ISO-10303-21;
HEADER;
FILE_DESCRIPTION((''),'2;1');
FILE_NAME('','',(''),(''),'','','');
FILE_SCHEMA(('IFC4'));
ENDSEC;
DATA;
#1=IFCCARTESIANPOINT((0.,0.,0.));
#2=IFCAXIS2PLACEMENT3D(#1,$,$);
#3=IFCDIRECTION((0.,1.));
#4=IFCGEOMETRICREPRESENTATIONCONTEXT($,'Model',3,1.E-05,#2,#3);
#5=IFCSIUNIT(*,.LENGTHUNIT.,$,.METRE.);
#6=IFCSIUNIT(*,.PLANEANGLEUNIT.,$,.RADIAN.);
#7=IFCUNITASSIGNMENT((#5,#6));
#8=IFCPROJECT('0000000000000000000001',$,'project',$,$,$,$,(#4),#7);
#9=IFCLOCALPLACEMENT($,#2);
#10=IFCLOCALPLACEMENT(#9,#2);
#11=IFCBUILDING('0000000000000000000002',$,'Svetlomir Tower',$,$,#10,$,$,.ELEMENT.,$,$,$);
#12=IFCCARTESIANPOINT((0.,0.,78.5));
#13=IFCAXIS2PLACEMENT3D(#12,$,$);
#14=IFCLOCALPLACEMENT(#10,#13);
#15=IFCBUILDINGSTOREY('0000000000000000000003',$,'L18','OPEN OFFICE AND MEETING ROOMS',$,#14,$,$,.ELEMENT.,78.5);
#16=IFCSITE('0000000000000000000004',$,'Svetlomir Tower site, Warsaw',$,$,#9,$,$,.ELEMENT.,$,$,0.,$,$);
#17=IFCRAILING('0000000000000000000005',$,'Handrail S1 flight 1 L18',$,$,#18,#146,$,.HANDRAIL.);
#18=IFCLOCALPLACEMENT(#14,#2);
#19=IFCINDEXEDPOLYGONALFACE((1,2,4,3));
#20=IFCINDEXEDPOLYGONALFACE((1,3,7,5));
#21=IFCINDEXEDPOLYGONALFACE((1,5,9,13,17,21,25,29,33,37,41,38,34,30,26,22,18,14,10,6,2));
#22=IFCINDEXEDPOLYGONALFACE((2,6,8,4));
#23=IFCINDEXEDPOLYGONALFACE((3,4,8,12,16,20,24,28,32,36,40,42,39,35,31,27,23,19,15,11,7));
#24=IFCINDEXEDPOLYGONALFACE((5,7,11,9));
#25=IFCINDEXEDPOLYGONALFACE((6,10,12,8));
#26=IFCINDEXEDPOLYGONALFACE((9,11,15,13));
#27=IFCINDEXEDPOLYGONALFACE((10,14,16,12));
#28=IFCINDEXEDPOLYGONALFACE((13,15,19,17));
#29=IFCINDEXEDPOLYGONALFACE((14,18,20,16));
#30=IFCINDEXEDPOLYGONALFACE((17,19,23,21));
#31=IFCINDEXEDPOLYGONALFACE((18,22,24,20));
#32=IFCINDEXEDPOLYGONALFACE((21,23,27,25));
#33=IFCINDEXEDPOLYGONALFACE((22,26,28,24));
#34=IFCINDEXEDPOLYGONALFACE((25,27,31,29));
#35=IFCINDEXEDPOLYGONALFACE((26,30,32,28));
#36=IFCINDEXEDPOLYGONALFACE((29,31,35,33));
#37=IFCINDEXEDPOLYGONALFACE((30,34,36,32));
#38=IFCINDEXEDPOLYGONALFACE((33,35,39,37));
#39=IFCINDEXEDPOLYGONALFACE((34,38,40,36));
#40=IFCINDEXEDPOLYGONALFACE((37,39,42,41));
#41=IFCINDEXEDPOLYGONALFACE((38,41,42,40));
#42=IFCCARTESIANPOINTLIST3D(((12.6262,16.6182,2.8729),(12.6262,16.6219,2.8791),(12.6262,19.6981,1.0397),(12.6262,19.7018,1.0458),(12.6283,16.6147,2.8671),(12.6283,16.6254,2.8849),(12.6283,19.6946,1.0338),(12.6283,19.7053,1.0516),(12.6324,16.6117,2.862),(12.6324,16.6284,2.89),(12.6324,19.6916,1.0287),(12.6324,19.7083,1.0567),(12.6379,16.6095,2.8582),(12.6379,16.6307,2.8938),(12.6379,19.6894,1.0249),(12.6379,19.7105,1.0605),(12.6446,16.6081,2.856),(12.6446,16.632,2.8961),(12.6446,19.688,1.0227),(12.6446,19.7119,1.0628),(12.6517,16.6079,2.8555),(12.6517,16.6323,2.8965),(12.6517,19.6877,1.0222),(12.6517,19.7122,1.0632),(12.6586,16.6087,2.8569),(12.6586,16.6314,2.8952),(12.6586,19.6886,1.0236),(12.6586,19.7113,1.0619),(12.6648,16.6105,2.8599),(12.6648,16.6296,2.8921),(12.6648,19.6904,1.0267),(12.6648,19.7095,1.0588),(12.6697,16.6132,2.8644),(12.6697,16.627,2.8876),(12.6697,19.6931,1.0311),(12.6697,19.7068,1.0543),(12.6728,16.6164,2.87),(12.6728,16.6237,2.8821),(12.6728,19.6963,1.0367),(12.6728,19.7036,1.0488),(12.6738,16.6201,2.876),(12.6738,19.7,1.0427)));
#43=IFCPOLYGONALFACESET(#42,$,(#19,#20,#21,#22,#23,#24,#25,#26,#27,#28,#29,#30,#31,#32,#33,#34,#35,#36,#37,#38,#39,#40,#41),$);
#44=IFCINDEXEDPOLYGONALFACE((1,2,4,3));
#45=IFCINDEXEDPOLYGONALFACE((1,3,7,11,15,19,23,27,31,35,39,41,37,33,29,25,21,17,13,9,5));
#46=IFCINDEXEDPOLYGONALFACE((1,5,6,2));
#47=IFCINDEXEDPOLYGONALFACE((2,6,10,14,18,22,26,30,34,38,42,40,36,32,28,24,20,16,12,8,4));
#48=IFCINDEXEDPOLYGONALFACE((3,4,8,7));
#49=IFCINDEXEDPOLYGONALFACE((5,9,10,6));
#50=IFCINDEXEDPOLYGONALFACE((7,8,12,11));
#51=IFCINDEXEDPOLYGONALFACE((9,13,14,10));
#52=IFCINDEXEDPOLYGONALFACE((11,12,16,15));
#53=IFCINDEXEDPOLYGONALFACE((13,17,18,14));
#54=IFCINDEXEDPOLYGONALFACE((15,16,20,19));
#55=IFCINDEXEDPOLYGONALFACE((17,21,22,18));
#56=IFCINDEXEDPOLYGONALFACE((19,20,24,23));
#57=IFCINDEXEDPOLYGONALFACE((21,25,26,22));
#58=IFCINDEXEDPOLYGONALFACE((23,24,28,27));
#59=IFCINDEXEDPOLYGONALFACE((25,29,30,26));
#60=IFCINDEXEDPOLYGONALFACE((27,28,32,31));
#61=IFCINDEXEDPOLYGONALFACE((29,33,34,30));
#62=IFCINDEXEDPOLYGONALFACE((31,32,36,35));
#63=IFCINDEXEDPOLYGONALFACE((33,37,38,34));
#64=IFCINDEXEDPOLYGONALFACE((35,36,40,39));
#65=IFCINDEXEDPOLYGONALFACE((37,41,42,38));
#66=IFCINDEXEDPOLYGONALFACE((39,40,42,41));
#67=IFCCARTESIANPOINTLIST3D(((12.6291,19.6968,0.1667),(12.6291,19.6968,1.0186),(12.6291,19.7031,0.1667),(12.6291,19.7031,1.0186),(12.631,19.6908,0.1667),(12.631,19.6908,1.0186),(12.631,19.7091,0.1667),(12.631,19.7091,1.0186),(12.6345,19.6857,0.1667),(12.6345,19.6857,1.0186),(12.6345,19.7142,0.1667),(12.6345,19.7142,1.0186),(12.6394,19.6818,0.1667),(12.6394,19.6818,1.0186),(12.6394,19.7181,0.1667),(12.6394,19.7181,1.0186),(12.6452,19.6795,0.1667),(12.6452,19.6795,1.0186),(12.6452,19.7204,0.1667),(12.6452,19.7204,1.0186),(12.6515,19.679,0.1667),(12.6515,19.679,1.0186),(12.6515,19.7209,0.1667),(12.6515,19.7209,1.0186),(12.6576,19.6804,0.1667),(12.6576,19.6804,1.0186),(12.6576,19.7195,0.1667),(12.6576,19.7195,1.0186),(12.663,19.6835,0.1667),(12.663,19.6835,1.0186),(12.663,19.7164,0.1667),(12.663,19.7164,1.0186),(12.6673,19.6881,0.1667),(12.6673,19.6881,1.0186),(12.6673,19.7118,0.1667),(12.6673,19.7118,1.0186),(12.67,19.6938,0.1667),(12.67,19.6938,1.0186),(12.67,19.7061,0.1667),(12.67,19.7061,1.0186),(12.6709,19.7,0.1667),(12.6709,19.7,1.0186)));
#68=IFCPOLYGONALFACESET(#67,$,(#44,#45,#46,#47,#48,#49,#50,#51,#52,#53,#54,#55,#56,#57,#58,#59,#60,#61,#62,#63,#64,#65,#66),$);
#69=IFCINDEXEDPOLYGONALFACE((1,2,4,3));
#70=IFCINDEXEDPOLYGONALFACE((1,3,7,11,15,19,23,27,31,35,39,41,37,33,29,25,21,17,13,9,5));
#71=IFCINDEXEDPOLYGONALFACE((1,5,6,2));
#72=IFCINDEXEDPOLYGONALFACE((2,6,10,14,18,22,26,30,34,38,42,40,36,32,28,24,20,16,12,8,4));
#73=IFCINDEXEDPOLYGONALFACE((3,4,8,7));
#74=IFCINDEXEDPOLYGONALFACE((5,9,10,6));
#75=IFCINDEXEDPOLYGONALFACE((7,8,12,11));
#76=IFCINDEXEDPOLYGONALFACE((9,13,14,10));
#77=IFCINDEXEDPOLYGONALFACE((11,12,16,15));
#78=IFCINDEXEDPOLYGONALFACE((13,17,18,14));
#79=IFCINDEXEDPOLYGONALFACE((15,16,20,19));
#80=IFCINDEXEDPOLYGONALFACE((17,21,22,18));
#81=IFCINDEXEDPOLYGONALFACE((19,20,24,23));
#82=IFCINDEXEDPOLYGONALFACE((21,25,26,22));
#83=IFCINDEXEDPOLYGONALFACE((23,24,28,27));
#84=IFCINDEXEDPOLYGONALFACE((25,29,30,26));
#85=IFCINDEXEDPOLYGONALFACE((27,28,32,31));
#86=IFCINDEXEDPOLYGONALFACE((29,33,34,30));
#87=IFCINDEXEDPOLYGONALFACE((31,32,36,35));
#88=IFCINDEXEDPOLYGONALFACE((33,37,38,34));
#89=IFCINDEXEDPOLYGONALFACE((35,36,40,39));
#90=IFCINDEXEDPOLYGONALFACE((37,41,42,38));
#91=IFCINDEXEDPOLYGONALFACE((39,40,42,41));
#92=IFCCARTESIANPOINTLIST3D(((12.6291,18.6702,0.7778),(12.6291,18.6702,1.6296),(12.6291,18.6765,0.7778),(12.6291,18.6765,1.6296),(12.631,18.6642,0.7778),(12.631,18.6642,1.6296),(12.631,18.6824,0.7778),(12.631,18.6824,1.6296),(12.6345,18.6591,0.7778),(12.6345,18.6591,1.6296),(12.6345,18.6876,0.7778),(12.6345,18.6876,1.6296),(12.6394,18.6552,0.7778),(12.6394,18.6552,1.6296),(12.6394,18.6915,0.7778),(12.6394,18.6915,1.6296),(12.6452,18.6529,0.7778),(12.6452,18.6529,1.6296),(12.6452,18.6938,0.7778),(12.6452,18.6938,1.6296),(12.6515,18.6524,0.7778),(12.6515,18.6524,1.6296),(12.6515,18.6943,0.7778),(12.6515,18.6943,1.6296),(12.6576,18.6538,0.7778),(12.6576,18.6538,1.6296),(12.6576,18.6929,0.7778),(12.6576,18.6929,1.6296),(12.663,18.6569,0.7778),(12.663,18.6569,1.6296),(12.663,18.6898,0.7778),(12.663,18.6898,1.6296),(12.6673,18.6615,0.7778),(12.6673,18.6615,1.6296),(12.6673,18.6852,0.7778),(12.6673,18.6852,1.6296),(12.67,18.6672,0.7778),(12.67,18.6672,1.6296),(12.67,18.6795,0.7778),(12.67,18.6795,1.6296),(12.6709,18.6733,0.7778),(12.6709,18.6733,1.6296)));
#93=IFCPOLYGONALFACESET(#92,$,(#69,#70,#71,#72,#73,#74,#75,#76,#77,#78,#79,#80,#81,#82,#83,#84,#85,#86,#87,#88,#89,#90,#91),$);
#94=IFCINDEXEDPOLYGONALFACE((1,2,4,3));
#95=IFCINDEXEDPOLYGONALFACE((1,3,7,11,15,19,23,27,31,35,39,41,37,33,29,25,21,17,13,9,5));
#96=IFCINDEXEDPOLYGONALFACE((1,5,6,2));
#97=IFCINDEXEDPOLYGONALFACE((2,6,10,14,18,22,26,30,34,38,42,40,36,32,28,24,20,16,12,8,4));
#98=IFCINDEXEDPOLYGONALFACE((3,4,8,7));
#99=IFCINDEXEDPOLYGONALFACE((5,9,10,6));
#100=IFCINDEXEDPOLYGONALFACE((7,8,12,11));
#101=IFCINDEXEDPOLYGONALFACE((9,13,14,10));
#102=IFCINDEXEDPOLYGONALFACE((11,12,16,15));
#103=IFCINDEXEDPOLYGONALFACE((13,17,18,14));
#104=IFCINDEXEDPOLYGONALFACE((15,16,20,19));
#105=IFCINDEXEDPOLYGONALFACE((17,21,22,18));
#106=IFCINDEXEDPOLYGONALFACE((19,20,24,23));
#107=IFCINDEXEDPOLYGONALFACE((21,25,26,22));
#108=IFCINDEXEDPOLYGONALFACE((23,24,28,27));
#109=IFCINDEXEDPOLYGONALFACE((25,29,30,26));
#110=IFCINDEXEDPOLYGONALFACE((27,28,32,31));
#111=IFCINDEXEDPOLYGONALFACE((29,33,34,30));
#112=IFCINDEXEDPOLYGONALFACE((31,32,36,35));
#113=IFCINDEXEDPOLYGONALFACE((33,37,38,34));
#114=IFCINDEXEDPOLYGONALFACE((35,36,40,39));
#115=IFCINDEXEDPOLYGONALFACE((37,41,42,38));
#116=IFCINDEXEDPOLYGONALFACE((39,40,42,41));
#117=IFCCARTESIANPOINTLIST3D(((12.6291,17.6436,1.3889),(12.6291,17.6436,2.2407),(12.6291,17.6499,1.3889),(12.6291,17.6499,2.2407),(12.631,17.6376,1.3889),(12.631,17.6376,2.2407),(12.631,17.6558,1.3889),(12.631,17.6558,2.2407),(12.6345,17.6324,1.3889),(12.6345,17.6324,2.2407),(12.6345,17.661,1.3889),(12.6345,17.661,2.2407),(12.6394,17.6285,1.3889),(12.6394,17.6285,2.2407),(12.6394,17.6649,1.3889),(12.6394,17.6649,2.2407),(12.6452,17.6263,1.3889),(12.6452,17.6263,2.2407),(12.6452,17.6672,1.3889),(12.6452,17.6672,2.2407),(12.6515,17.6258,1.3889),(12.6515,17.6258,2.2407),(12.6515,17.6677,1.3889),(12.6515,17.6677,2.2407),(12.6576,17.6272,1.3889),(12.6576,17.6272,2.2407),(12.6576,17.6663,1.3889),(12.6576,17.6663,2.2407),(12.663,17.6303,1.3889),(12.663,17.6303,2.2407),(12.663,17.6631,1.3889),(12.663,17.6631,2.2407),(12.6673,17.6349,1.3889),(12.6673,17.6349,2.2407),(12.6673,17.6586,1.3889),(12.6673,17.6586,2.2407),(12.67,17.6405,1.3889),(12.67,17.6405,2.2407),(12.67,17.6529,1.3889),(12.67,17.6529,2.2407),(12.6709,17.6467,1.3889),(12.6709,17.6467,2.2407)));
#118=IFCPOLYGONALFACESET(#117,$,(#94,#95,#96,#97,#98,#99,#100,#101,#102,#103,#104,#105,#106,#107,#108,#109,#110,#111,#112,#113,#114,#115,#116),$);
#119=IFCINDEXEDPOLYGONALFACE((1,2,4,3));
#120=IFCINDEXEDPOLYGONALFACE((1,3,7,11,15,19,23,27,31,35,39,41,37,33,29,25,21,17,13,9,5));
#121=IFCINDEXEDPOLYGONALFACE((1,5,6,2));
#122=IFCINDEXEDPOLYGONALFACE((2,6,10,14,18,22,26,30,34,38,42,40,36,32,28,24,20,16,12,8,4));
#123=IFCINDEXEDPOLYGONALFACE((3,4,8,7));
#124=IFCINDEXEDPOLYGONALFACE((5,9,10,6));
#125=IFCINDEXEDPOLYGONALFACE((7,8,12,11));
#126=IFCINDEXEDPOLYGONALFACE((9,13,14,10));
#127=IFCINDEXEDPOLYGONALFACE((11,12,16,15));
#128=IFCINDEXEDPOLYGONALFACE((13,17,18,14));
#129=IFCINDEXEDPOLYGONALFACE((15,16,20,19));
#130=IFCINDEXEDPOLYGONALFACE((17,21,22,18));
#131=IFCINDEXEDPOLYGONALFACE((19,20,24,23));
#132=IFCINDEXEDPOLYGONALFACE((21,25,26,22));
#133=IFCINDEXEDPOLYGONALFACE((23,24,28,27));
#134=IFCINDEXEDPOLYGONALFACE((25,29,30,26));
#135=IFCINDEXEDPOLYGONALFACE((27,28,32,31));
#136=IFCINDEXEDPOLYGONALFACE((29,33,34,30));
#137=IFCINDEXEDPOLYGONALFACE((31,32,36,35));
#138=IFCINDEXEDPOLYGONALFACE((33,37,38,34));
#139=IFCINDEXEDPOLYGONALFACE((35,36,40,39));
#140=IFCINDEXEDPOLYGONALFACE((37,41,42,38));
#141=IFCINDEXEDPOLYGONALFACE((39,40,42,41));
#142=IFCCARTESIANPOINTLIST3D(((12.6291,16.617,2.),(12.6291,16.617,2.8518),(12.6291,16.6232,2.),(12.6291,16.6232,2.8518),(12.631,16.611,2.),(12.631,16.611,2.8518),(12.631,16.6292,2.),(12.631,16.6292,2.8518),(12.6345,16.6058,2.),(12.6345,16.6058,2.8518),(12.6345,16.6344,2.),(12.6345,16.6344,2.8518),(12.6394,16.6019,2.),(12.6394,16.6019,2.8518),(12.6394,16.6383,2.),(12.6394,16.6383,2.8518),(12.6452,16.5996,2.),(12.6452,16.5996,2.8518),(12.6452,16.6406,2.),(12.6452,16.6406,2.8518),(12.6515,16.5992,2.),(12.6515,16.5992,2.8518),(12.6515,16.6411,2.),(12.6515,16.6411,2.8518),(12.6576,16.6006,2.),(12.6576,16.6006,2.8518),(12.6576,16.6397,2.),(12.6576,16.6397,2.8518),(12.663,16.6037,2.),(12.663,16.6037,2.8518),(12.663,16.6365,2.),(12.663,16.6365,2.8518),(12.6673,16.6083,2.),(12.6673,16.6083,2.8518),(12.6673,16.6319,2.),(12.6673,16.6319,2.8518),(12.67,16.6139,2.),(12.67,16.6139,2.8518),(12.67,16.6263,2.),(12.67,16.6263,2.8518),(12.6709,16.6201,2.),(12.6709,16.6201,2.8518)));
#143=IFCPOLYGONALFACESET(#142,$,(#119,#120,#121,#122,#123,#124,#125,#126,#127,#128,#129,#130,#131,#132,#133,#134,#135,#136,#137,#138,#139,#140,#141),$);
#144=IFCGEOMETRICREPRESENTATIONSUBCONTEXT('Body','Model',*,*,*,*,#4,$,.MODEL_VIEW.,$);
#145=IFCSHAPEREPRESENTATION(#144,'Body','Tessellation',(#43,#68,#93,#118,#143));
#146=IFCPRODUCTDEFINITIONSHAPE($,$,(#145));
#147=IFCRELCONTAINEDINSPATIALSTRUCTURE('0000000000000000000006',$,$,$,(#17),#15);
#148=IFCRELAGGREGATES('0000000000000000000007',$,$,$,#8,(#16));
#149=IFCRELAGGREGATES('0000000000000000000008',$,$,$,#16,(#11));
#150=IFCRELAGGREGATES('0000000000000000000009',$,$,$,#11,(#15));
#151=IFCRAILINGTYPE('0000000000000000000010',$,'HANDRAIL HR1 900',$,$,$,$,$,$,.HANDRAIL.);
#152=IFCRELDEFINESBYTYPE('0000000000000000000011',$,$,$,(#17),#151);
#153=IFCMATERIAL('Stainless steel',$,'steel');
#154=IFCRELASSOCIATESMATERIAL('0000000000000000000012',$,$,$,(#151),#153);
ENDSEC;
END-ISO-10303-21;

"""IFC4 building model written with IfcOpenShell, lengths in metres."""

from ifc_helpers import new_model, si_unit, direction, frame, origin, origin_2d, place, context, subcontext, project, spatial, circle, extrude, material, type_object, element, save


model = new_model("IFC4")

# Units and contexts
model_context = context("Model", 3, precision=1e-05, world=origin(), true_north=direction((0.0, 1.0)))
body_context = subcontext(model_context, "Body", "Model", "MODEL_VIEW")
ifc_project = project(units=[si_unit("LENGTHUNIT", "METRE"), si_unit("PLANEANGLEUNIT", "RADIAN")], contexts=[model_context])

# Site, building, storey
site_placement = place(None, origin())
site = spatial("IfcSite", under=ifc_project, at=site_placement, Name="Svetlomir Tower site, Warsaw", CompositionType="ELEMENT", RefElevation=0.0)
building_placement = place(site_placement, origin())
building = spatial("IfcBuilding", under=site, at=building_placement, Name="Svetlomir Tower", CompositionType="ELEMENT")
storey_placement = place(building_placement, frame((0.0, 0.0, 78.5)))
storey = spatial("IfcBuildingStorey", under=building, at=storey_placement, Name="L18", Description="OPEN OFFICE AND MEETING ROOMS", CompositionType="ELEMENT", Elevation=78.5)

# Railing
ifc_material_1 = material(Name="Stainless steel", Category="steel")
railing_type = type_object("IfcRailingType", Name="HANDRAIL HR1 900", PredefinedType="HANDRAIL", material=ifc_material_1)
railing_1_placement = place(storey_placement, frame((12.6499, 19.7, 0.1667)))
element("IfcRailing", 1, at=railing_1_placement, inside=storey, type_object=railing_type, Name="Handrail S1 flight 1 L18", PredefinedType="HANDRAIL", context=body_context, shape_type="SweptSolid", body=[
    extrude(circle(Radius=0.0239, at=origin_2d()), frame((0.0, 0.0, 0.876), z_axis=(0.0, -0.859291, 0.511487), x_axis=(1.0, 0.0, 0.0)), (0.0, 0.0, 1.0), 3.5842),
    extrude(circle(Radius=0.021, at=origin_2d()), origin(), (0.0, 0.0, 1.0), 0.8518),
    extrude(circle(Radius=0.021, at=origin_2d()), frame((0.0, -1.0266, 0.6111)), (0.0, 0.0, 1.0), 0.8518),
    extrude(circle(Radius=0.021, at=origin_2d()), frame((0.0, -2.0532, 1.2222)), (0.0, 0.0, 1.0), 0.8518),
    extrude(circle(Radius=0.021, at=origin_2d()), frame((0.0, -3.0798, 1.8333)), (0.0, 0.0, 1.0), 0.8518),
])

save(model, "model.ifc")
